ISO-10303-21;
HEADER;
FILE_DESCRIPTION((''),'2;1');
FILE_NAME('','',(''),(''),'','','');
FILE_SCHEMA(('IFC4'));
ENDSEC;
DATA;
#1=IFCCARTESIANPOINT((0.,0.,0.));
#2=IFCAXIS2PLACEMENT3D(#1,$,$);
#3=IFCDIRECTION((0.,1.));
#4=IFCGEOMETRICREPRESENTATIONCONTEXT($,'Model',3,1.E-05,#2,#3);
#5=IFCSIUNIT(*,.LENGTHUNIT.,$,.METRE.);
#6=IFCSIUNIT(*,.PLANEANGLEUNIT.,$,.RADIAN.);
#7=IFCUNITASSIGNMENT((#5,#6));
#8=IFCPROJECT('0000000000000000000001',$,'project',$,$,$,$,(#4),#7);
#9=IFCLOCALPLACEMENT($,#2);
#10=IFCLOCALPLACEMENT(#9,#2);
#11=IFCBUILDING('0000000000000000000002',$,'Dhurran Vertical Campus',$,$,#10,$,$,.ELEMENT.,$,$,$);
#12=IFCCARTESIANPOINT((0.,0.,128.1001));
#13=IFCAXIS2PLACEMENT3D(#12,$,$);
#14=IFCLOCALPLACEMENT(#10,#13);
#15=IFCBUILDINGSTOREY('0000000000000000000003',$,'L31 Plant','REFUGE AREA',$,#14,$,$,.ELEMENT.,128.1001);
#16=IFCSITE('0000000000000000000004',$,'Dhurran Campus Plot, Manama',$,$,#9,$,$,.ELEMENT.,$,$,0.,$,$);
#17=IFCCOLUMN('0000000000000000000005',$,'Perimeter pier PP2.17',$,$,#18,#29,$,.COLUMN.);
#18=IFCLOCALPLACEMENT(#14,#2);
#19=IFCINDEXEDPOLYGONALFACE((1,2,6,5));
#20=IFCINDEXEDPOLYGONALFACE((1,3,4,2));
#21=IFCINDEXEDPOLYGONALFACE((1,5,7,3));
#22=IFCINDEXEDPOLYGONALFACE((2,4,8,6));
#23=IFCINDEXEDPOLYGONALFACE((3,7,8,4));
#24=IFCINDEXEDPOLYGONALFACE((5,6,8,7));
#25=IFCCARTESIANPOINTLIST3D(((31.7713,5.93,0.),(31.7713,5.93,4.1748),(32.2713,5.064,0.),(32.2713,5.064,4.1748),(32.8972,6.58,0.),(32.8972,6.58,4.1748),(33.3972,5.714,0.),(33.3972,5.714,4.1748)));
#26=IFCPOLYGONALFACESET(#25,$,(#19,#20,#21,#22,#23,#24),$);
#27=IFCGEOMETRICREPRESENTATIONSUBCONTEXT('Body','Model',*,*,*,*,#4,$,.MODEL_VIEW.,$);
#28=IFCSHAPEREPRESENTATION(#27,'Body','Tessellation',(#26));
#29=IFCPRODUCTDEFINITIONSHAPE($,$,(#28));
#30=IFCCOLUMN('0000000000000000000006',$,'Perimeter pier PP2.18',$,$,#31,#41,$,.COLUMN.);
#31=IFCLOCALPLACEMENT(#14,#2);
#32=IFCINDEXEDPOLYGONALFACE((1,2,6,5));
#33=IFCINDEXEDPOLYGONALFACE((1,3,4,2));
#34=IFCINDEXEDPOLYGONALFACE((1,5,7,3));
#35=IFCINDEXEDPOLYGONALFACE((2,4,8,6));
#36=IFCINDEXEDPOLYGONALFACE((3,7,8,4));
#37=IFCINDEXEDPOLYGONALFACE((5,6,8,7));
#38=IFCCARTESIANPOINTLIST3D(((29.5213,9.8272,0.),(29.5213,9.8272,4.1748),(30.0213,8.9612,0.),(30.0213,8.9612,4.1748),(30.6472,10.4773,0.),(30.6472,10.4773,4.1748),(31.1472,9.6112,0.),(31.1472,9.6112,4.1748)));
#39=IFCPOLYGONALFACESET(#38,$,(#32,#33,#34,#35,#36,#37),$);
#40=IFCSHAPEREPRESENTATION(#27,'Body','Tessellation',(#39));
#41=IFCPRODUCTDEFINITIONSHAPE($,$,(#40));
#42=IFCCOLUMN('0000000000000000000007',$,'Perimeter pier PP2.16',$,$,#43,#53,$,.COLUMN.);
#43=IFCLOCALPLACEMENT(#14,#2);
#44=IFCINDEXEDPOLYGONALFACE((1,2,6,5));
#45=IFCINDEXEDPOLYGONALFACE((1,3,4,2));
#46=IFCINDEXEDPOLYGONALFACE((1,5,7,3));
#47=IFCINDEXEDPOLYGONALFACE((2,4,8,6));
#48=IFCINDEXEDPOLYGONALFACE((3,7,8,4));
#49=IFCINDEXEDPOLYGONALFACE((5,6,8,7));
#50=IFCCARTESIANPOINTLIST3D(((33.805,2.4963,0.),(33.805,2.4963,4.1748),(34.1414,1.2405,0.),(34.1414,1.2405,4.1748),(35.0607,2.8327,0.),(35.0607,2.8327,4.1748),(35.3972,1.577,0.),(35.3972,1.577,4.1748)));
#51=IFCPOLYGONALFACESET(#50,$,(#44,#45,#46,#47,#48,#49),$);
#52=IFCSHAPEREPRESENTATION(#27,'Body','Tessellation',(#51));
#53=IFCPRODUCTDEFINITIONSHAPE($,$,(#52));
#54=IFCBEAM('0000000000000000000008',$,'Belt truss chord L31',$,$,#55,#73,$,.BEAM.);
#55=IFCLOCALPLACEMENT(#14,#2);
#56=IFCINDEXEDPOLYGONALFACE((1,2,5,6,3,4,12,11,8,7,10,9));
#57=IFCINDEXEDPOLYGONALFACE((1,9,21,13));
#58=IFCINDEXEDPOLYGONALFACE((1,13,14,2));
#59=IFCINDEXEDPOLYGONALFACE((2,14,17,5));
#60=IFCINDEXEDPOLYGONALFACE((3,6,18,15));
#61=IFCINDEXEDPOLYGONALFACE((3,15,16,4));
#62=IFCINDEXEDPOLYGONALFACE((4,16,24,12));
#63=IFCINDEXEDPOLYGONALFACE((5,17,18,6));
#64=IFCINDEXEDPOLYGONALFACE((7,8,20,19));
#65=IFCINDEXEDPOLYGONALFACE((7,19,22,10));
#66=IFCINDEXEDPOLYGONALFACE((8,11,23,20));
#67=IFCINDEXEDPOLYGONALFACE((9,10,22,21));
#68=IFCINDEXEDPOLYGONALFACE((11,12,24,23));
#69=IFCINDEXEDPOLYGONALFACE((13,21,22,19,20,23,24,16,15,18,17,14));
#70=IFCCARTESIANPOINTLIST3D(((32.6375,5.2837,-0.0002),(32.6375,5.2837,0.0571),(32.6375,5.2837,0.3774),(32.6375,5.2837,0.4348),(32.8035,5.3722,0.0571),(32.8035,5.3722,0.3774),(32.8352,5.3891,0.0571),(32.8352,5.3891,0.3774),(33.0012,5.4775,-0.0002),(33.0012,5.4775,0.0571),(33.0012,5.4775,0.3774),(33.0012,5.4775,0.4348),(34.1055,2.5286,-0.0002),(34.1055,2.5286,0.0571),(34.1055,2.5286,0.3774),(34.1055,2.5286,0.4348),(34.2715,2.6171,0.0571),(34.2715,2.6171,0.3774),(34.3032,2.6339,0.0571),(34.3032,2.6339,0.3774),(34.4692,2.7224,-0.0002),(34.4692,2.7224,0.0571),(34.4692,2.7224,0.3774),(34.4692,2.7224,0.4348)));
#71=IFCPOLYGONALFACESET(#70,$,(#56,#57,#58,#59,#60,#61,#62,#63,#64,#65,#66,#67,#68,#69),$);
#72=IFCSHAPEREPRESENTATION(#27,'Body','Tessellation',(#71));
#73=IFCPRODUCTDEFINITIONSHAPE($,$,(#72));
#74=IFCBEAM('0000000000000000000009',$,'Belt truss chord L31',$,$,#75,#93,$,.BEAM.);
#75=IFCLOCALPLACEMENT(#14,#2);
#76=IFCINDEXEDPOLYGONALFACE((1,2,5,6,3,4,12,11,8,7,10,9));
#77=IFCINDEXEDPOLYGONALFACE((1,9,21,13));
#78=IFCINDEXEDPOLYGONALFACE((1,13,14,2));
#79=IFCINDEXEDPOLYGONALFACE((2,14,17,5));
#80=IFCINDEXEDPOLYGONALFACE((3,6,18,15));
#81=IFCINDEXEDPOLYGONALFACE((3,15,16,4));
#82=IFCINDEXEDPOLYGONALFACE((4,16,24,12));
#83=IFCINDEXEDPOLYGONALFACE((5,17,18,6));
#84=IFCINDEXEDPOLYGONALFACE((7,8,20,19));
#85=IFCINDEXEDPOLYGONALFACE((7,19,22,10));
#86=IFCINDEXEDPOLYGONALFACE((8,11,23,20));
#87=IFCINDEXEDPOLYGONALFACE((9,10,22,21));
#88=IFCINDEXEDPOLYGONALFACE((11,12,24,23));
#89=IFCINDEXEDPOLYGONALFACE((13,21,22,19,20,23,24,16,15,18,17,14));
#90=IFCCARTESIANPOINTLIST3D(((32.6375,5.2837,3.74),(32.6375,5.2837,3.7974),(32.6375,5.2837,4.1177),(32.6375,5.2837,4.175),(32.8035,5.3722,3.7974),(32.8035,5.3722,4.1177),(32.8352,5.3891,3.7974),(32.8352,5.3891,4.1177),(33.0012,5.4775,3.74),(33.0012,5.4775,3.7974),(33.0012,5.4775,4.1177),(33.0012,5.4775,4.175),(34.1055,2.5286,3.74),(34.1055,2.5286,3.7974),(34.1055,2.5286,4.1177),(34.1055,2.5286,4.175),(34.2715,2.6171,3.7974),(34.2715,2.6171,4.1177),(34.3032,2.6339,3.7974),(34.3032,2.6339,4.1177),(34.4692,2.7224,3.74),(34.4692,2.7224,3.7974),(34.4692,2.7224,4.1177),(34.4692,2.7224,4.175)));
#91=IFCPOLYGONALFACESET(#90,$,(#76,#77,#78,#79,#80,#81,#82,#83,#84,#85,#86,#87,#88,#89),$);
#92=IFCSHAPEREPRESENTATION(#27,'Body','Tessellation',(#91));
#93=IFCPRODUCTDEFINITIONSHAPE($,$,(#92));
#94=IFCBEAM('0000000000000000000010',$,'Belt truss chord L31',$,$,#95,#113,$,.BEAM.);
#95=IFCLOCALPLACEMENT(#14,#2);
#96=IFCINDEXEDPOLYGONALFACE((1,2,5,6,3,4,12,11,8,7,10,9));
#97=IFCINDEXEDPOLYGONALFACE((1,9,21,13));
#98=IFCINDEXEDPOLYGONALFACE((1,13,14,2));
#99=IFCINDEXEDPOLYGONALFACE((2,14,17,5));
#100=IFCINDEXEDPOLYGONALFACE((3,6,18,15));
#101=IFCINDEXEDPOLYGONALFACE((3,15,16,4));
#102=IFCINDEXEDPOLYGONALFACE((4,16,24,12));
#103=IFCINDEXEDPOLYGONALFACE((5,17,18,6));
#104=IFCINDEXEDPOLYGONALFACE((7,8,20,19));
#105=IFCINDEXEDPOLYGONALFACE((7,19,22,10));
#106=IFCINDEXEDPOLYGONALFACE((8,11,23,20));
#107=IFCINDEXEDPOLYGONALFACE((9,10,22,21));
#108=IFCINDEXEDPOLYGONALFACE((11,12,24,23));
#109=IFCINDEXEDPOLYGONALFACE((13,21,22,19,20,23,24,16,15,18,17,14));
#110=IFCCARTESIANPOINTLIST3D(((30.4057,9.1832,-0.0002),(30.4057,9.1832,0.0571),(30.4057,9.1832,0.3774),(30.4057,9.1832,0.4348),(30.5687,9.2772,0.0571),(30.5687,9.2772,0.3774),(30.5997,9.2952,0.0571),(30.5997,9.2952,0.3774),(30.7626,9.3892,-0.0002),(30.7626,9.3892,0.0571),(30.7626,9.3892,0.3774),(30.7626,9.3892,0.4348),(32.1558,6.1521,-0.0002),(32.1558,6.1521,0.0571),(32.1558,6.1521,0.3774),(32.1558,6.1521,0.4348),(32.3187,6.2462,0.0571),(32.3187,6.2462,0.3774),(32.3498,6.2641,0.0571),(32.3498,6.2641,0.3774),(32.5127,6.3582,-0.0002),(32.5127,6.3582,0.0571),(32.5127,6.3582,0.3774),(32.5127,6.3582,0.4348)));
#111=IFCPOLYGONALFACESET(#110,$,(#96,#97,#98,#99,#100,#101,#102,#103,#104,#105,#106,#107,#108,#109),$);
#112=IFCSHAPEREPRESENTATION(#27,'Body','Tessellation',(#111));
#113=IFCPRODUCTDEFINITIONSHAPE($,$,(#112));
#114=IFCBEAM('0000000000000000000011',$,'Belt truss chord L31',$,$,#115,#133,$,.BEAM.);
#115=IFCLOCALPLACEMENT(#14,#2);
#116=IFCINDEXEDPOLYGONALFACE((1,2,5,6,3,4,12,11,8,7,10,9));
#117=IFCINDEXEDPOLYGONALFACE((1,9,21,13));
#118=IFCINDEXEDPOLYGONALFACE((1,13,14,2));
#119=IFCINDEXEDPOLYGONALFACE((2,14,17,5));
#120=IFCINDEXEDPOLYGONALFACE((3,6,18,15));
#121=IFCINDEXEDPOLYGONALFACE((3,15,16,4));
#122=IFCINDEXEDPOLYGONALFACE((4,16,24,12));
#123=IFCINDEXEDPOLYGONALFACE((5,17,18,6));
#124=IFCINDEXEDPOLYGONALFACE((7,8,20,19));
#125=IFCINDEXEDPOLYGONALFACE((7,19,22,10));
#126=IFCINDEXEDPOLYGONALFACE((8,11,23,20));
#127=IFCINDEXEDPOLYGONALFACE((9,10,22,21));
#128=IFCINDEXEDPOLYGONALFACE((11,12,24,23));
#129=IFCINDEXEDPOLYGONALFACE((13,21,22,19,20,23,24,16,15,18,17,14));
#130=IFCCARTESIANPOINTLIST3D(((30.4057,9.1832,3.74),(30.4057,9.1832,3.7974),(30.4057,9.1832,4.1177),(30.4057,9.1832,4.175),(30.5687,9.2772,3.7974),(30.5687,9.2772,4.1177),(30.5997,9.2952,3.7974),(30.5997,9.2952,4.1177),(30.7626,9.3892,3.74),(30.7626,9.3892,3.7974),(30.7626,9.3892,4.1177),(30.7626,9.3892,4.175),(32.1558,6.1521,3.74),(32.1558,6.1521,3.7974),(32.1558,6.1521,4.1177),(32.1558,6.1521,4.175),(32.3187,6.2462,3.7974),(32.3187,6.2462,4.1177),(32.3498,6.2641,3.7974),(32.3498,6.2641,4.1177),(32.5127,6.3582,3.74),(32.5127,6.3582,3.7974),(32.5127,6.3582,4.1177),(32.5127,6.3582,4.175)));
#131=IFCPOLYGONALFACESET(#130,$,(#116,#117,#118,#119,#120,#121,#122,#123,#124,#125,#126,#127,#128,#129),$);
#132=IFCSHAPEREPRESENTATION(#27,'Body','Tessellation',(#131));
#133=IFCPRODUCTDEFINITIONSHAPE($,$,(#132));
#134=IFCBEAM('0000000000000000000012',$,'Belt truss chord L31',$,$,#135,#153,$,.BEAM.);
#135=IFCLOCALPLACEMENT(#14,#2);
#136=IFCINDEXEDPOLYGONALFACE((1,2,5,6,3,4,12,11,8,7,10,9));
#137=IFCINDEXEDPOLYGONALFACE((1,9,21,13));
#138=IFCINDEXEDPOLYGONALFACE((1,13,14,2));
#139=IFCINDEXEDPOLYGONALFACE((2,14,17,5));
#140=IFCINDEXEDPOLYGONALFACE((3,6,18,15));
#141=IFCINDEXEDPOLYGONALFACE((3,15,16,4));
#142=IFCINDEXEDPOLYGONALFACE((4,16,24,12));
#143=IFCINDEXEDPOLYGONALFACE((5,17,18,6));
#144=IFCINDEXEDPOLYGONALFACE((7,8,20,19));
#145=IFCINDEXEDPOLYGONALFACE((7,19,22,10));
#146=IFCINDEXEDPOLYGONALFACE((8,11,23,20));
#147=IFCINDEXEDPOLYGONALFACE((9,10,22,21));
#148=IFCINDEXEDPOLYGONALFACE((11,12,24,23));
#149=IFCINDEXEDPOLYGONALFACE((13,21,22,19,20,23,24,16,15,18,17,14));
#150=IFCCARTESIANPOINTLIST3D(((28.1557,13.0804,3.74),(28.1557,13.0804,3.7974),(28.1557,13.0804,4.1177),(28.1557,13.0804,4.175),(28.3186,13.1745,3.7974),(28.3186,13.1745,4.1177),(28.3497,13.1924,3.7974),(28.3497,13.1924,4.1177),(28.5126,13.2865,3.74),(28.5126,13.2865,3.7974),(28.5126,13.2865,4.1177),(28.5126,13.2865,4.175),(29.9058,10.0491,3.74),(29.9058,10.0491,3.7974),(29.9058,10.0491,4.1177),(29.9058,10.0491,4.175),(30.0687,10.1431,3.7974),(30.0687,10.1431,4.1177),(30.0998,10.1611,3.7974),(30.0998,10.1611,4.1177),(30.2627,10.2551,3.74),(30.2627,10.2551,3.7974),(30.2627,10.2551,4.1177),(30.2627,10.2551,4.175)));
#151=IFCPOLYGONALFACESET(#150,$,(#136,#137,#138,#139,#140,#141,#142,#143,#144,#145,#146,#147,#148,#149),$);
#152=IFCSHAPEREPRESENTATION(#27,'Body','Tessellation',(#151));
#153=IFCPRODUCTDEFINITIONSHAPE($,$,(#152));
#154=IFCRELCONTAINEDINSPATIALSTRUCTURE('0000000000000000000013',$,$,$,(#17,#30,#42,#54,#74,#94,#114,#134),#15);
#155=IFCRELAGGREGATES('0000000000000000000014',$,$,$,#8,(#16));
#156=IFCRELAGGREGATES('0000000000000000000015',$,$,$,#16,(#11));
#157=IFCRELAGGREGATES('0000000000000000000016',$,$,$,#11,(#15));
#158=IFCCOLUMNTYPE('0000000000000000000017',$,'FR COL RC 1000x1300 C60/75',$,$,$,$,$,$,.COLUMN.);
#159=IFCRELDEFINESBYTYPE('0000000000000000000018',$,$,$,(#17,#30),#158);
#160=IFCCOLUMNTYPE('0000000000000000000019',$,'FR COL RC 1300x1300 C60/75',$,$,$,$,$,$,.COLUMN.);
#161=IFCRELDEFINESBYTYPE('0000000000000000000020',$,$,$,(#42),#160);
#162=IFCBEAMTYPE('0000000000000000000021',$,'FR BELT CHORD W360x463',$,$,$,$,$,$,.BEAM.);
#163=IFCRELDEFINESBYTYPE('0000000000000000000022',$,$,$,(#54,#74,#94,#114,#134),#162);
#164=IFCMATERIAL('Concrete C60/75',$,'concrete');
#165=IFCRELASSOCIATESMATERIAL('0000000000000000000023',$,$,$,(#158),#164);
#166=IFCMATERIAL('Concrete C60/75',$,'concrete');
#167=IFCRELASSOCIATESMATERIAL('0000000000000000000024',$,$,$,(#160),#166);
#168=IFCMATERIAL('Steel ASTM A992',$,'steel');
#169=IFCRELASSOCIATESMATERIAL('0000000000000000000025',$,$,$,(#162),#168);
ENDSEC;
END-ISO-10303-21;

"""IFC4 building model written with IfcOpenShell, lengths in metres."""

from ifc_helpers import new_model, si_unit, direction, frame, origin, origin_2d, place, context, subcontext, project, spatial, rectangle, i_section, extrude, material, material_profile, profile_set, type_object, element, save


model = new_model("IFC4")

# Units and contexts
model_context = context("Model", 3, precision=1e-05, world=origin(), true_north=direction((0.0, 1.0)))
body_context = subcontext(model_context, "Body", "Model", "MODEL_VIEW")
ifc_project = project(units=[si_unit("LENGTHUNIT", "METRE"), si_unit("PLANEANGLEUNIT", "RADIAN")], contexts=[model_context])

# Site, building, storey
site_placement = place(None, origin())
site = spatial("IfcSite", under=ifc_project, at=site_placement, Name="Dhurran Campus Plot, Manama", CompositionType="ELEMENT", RefElevation=0.0)
building_placement = place(site_placement, origin())
building = spatial("IfcBuilding", under=site, at=building_placement, Name="Dhurran Vertical Campus", CompositionType="ELEMENT")
storey_placement = place(building_placement, frame((0.0, 0.0, 128.1001)))
storey = spatial("IfcBuildingStorey", under=building, at=storey_placement, Name="L31 Plant", Description="REFUGE AREA", CompositionType="ELEMENT", Elevation=128.1001)

# Columns
ifc_material_1 = material(Name="Concrete C60/75", Category="concrete")
ifc_material_profile_1 = material_profile(ifc_material_1, rectangle(XDim=1.0, YDim=1.3, at=origin_2d()), Name="RC 1000x1300")
ifc_profile_set_1 = profile_set([ifc_material_profile_1], Name="Concrete C60/75")
column_type_1 = type_object("IfcColumnType", Name="FR COL RC 1000x1300 C60/75", PredefinedType="COLUMN", material=ifc_profile_set_1)
for number, where, z_axis, x_axis, name in (
    (1, (32.5842, 5.822, 0.0), (0.0, 0.0, 1.0), (-0.5, 0.866025, 0.0), "Perimeter pier PP2.17"),
    (2, (30.3342, 9.7192, 0.0), (0.0, 0.0, 1.0), (-0.5, 0.866025, 0.0), "Perimeter pier PP2.18"),
):
    element("IfcColumn", number, at=place(storey_placement, frame(where, z_axis=z_axis, x_axis=x_axis)), inside=storey, type_object=column_type_1, Name=name, PredefinedType="COLUMN", context=body_context, shape_type="SweptSolid", body=[
        extrude(rectangle(XDim=1.0, YDim=1.3, at=origin_2d()), origin(), (0.0, 0.0, 1.0), 4.1748),
    ])
ifc_material_2 = material(Name="Concrete C60/75", Category="concrete")
ifc_material_profile_2 = material_profile(ifc_material_2, rectangle(XDim=1.3, YDim=1.3, at=origin_2d()), Name="RC 1300x1300")
ifc_profile_set_2 = profile_set([ifc_material_profile_2], Name="Concrete C60/75")
column_type_2 = type_object("IfcColumnType", Name="FR COL RC 1300x1300 C60/75", PredefinedType="COLUMN", material=ifc_profile_set_2)
column_placement = place(storey_placement, frame((34.6011, 2.0366, 0.0), z_axis=(0.0, 0.0, 1.0), x_axis=(-0.258819, 0.965926, 0.0)))
element("IfcColumn", 3, at=column_placement, inside=storey, type_object=column_type_2, Name="Perimeter pier PP2.16", PredefinedType="COLUMN", context=body_context, shape_type="SweptSolid", body=[
    extrude(rectangle(XDim=1.3, YDim=1.3, at=origin_2d()), origin(), (0.0, 0.0, 1.0), 4.1748),
])

# Beams
ifc_material_3 = material(Name="Steel ASTM A992", Category="steel")
ifc_material_profile_3 = material_profile(ifc_material_3, i_section(OverallWidth=0.4121, OverallDepth=0.4351, WebThickness=0.0359, FlangeThickness=0.0574, at=origin_2d()), Name="W360x463")
ifc_profile_set_3 = profile_set([ifc_material_profile_3], Name="Steel ASTM A992")
beam_type = type_object("IfcBeamType", Name="FR BELT CHORD W360x463", PredefinedType="BEAM", material=ifc_profile_set_3)
for number, where, z_axis, x_axis, name in (
    (4, (34.2874, 2.6255, 0.2173), (-0.470243, 0.882537, 0.0), (-0.882537, -0.470243, 0.0), "Belt truss chord L31"),
    (5, (34.2874, 2.6255, 3.9575), (-0.470243, 0.882537, 0.0), (-0.882537, -0.470243, 0.0), "Belt truss chord L31"),
):
    element("IfcBeam", number, at=place(storey_placement, frame(where, z_axis=z_axis, x_axis=x_axis)), inside=storey, type_object=beam_type, Name=name, PredefinedType="BEAM", context=body_context, shape_type="SweptSolid", body=[
        extrude(i_section(OverallWidth=0.4121, OverallDepth=0.4351, WebThickness=0.0359, FlangeThickness=0.0574, at=origin_2d()), origin(), (0.0, 0.0, 1.0), 3.1218),
    ])
for number, where, z_axis, x_axis, name in (
    (6, (32.3342, 6.2551, 0.2173), (-0.50001, 0.866019, 0.0), (-0.866019, -0.50001, 0.0), "Belt truss chord L31"),
    (7, (32.3342, 6.2551, 3.9575), (-0.50001, 0.866019, 0.0), (-0.866019, -0.50001, 0.0), "Belt truss chord L31"),
):
    element("IfcBeam", number, at=place(storey_placement, frame(where, z_axis=z_axis, x_axis=x_axis)), inside=storey, type_object=beam_type, Name=name, PredefinedType="BEAM", context=body_context, shape_type="SweptSolid", body=[
        extrude(i_section(OverallWidth=0.4121, OverallDepth=0.4351, WebThickness=0.0359, FlangeThickness=0.0574, at=origin_2d()), origin(), (0.0, 0.0, 1.0), 3.5),
    ])
beam_placement = place(storey_placement, frame((30.0842, 10.1521, 3.9575), z_axis=(-0.49998, 0.866037, 0.0), x_axis=(-0.866037, -0.49998, 0.0)))
element("IfcBeam", 8, at=beam_placement, inside=storey, type_object=beam_type, Name="Belt truss chord L31", PredefinedType="BEAM", context=body_context, shape_type="SweptSolid", body=[
    extrude(i_section(OverallWidth=0.4121, OverallDepth=0.4351, WebThickness=0.0359, FlangeThickness=0.0574, at=origin_2d()), origin(), (0.0, 0.0, 1.0), 3.5002),
])

save(model, "model.ifc")
